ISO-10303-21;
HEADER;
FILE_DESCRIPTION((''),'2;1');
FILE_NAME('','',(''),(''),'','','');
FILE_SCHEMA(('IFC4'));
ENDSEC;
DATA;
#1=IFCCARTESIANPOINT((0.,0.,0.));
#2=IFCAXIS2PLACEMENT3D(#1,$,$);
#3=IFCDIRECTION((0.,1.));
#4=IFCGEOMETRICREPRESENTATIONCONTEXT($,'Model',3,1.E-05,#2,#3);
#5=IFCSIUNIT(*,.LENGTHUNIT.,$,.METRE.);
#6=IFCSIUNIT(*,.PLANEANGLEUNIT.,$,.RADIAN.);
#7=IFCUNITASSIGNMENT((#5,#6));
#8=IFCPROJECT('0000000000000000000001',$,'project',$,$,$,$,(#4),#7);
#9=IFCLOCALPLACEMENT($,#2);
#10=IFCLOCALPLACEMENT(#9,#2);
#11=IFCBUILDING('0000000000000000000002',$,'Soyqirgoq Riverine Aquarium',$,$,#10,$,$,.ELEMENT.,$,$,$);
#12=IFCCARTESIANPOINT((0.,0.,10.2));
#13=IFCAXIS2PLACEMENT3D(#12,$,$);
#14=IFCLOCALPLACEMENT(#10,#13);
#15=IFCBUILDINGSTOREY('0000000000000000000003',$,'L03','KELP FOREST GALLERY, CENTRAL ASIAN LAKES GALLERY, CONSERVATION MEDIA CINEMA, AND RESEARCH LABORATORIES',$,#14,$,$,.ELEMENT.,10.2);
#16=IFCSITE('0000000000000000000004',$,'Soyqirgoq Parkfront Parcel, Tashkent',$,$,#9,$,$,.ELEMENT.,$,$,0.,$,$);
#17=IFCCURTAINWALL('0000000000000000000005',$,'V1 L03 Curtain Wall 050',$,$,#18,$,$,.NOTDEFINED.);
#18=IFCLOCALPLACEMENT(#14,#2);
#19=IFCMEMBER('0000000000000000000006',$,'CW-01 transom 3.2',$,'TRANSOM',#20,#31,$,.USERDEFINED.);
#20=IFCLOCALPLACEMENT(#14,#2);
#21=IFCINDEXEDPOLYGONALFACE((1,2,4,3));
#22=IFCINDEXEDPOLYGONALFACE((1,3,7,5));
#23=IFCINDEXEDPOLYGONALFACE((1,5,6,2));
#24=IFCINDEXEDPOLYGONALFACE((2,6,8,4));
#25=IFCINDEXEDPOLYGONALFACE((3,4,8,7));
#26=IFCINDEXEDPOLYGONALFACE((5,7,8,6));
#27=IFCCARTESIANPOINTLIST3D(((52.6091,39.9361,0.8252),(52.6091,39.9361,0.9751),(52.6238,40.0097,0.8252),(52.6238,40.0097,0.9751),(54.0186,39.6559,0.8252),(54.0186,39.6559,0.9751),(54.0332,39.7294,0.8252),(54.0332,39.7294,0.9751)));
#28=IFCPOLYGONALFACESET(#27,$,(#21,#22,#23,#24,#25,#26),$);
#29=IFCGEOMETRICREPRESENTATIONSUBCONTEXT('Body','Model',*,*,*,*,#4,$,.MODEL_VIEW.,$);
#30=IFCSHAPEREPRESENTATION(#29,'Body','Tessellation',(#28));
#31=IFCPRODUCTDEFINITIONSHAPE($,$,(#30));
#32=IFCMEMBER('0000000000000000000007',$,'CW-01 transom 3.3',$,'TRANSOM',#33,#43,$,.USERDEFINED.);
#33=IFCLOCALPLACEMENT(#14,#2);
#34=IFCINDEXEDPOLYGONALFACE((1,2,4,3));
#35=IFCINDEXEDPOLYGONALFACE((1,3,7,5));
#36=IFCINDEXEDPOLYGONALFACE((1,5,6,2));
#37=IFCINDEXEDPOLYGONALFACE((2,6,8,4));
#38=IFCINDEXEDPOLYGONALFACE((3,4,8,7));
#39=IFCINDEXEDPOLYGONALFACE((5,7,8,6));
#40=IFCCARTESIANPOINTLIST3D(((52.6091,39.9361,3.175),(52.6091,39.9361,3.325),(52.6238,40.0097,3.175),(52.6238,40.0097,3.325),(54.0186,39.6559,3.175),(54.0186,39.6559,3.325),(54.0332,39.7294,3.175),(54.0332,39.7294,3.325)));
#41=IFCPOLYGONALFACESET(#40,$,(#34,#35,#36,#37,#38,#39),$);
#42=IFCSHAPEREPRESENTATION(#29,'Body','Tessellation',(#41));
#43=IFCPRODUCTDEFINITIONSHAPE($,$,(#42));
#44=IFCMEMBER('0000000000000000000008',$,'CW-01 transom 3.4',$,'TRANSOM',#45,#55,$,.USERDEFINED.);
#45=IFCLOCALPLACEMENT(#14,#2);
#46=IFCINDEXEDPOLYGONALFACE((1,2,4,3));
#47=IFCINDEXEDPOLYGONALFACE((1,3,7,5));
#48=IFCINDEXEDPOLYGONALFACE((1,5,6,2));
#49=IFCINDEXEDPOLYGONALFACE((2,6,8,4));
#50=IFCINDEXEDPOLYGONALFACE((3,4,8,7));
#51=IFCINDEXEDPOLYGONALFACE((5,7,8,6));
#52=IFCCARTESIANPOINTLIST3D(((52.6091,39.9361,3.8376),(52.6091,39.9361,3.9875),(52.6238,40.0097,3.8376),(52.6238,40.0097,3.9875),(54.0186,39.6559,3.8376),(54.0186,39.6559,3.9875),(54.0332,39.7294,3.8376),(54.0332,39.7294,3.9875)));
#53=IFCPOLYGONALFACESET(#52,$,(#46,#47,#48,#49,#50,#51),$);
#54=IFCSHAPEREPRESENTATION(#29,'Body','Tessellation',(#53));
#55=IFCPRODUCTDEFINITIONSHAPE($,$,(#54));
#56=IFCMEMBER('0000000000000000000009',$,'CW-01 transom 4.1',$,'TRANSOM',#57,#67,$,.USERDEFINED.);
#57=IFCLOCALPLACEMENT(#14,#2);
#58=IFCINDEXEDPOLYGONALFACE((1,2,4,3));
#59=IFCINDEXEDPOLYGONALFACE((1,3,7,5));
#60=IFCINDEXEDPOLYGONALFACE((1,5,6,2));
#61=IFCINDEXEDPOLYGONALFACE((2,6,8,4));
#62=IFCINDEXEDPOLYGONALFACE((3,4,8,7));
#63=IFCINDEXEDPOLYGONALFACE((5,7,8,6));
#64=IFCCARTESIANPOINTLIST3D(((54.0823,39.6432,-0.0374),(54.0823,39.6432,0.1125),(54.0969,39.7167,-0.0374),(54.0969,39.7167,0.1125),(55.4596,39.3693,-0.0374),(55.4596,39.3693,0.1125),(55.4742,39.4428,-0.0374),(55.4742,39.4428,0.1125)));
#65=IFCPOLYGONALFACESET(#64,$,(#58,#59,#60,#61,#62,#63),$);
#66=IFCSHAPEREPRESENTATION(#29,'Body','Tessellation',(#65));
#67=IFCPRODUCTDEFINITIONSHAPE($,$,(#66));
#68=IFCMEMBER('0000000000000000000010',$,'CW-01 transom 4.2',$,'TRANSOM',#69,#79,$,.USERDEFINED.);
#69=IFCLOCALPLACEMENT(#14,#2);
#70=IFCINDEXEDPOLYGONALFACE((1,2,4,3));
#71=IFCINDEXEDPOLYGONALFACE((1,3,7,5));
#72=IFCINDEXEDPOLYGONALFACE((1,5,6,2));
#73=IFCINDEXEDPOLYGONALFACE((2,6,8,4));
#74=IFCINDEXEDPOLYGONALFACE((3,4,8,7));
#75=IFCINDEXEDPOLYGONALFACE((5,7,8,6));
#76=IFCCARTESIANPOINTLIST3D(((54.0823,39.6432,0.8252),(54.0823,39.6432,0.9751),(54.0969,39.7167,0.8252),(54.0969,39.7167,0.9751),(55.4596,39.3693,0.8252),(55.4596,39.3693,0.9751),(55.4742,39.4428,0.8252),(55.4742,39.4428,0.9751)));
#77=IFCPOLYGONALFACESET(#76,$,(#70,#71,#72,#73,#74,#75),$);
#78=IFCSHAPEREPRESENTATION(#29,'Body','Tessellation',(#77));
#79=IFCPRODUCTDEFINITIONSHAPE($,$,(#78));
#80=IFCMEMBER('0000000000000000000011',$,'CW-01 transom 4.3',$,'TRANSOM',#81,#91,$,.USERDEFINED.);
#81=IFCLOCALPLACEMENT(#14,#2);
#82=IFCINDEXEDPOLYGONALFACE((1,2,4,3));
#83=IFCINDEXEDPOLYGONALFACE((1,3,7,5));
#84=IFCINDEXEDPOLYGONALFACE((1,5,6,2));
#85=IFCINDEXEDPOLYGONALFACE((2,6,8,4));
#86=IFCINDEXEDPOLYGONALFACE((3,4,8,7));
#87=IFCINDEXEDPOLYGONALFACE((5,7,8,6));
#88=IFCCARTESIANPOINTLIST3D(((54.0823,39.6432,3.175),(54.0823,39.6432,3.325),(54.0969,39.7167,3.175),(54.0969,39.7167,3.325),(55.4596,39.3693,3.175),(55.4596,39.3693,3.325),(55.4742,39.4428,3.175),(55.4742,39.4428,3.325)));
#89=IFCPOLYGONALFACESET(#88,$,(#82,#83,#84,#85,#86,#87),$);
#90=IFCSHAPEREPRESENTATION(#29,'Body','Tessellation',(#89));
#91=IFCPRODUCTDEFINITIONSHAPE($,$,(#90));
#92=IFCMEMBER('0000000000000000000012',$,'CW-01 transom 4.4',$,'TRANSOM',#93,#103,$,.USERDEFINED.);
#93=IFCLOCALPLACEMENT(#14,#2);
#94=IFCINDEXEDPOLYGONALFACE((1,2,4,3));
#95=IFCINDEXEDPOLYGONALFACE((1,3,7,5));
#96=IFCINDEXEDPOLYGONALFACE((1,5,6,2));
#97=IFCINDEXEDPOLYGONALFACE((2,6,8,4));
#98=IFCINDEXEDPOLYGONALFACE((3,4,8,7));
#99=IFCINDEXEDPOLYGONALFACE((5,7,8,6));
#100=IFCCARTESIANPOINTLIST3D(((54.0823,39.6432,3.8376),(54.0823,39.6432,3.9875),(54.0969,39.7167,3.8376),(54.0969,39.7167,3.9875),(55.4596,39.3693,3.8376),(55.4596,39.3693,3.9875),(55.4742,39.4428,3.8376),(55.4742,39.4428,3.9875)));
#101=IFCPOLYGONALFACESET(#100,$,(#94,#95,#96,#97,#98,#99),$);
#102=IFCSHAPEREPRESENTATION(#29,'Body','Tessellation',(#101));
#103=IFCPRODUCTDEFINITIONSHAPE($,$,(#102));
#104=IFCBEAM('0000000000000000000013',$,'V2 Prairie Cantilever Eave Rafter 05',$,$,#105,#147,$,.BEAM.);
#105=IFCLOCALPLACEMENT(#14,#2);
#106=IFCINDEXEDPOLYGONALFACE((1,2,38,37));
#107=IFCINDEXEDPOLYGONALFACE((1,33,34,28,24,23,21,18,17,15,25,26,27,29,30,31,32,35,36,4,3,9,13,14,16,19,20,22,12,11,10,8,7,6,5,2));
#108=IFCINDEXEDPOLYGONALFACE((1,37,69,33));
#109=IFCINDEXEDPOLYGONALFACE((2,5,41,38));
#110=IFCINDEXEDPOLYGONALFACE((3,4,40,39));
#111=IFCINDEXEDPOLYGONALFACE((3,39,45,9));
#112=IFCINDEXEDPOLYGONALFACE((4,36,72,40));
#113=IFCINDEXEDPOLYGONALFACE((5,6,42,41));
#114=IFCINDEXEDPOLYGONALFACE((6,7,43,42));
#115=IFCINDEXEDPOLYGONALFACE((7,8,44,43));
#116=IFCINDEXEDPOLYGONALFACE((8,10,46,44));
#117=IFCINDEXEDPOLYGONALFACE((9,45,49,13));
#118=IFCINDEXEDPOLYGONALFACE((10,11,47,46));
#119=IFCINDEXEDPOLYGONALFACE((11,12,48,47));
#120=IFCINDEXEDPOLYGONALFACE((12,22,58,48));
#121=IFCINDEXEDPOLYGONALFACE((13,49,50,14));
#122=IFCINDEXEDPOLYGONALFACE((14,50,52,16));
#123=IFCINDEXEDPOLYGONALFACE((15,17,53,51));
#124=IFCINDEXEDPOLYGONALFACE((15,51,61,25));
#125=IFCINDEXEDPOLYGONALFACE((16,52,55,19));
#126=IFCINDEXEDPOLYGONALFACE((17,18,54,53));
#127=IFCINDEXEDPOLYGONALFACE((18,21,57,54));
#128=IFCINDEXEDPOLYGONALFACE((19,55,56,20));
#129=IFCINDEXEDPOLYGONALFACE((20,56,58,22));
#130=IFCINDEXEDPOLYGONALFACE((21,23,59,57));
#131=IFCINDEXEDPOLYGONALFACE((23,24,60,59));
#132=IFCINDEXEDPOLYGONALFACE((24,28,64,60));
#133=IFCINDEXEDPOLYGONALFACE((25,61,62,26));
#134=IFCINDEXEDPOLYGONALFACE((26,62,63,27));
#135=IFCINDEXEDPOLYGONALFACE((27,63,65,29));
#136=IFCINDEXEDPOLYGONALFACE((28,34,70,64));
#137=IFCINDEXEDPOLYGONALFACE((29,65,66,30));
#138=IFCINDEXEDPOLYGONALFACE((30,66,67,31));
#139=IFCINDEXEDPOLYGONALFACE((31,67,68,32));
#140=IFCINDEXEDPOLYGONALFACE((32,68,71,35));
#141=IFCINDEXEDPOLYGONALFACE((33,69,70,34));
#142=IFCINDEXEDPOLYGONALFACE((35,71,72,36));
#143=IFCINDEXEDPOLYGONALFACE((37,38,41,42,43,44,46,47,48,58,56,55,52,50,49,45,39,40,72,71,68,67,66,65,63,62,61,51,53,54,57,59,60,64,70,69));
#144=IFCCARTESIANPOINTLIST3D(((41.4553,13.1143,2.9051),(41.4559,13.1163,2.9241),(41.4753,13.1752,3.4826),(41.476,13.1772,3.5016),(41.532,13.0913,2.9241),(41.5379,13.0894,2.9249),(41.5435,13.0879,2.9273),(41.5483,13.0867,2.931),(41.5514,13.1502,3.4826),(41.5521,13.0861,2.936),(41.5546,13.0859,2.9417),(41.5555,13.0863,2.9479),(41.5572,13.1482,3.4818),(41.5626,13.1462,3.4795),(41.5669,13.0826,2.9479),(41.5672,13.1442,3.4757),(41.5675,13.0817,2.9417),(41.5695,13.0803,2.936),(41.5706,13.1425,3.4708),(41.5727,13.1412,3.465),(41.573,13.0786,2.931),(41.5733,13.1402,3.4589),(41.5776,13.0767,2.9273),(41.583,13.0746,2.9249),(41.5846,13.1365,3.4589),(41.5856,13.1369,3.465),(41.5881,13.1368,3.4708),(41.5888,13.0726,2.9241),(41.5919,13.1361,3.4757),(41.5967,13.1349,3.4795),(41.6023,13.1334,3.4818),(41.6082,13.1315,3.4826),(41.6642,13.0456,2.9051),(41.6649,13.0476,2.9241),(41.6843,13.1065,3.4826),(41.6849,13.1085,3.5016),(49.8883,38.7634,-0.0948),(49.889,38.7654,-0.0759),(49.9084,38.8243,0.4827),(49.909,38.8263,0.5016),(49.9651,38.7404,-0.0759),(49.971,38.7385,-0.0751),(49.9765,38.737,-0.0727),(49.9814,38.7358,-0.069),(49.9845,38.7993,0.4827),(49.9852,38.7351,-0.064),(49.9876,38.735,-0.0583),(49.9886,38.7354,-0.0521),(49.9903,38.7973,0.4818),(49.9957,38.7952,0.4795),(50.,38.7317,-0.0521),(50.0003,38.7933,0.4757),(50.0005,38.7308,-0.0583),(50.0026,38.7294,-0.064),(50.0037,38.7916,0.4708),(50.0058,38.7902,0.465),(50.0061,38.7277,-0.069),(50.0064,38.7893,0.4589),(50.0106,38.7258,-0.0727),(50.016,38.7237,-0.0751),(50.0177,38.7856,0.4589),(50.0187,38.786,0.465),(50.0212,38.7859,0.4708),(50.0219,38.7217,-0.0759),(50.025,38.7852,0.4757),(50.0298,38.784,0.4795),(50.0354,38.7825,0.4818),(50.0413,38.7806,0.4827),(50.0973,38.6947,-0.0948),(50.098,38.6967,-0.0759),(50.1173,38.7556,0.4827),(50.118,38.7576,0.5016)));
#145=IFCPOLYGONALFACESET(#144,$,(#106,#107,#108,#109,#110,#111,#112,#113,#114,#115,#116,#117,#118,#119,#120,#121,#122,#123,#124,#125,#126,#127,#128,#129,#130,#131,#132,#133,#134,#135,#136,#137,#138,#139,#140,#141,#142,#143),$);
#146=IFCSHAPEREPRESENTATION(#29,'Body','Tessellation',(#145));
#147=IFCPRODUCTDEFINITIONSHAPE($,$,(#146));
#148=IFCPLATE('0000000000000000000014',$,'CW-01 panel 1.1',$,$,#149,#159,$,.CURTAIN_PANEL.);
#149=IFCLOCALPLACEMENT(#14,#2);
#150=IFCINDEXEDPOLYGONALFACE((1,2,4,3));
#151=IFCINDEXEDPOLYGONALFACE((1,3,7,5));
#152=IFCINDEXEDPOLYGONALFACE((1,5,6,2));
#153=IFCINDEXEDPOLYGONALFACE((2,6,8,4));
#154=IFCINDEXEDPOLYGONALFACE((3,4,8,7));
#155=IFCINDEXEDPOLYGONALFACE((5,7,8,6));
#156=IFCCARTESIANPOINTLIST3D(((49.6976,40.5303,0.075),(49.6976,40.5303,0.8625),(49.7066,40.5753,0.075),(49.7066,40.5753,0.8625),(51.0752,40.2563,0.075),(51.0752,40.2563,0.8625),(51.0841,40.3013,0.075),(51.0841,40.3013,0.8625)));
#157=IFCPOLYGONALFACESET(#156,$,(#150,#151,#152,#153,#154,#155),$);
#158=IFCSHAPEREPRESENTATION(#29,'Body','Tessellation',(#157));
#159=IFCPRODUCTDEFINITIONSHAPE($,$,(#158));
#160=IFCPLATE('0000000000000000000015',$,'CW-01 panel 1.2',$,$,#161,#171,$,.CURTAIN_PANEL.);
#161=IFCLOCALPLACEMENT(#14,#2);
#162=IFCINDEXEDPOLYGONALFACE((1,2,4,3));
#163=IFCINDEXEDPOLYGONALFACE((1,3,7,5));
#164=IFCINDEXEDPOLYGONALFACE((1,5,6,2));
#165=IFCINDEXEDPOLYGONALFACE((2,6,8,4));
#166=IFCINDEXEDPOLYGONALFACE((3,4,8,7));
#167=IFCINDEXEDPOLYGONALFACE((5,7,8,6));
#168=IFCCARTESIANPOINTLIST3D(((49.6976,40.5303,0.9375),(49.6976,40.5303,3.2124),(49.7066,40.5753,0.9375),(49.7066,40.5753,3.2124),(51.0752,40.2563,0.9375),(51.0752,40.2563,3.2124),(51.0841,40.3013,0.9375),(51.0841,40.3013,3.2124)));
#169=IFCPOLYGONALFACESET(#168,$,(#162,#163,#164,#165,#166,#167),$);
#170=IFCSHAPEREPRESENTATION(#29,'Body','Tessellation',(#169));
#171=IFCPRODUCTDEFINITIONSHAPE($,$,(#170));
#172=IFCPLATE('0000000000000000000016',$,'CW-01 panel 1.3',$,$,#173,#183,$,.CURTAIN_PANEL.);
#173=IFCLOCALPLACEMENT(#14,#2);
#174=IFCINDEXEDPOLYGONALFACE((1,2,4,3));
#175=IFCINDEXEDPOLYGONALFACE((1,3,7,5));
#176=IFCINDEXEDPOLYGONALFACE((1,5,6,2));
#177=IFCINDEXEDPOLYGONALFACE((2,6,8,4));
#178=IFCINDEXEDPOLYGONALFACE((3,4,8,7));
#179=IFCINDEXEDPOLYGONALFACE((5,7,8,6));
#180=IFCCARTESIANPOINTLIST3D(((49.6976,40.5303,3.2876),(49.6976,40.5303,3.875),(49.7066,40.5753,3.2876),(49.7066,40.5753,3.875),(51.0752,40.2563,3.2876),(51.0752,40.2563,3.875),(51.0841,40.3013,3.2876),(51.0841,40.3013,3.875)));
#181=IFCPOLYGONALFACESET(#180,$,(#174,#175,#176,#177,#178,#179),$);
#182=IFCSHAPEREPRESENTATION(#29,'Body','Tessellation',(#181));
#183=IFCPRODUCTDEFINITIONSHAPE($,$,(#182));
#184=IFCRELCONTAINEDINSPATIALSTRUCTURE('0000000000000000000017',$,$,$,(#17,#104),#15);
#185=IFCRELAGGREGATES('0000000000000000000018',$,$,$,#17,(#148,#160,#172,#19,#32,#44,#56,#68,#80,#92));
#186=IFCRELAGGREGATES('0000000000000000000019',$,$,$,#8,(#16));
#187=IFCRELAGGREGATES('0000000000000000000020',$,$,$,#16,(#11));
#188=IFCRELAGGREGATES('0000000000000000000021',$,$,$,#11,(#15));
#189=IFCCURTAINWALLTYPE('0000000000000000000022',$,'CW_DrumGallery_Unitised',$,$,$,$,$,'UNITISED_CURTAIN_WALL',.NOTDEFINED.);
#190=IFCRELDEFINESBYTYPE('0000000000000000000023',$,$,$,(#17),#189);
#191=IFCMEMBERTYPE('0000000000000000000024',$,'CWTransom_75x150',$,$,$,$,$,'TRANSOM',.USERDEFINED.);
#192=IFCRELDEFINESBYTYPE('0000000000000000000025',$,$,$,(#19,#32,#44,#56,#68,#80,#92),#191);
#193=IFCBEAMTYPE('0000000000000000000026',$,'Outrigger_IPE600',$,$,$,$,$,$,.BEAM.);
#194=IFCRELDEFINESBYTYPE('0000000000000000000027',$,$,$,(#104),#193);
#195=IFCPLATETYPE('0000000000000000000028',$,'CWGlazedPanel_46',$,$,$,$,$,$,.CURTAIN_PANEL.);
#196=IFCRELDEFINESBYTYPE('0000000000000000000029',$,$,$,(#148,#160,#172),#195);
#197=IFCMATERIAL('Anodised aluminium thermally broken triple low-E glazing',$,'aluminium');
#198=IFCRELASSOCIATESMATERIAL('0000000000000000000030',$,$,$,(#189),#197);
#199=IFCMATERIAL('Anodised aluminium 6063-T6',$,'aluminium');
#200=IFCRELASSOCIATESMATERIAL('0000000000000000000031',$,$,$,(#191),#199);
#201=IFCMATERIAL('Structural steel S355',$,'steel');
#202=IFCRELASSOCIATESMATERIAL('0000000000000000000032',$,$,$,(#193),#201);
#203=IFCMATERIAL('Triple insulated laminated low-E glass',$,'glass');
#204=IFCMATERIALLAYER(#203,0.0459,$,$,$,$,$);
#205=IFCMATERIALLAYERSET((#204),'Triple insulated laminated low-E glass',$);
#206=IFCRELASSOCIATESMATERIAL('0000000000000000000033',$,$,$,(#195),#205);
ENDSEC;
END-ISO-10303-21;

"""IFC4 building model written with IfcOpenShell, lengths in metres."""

from ifc_helpers import new_model, si_unit, direction, frame, origin, origin_2d, place, context, subcontext, project, spatial, rectangle, i_section, extrude, material, layer, layer_set, material_profile, profile_set, type_object, element, aggregate, save


model = new_model("IFC4")

# Units and contexts
model_context = context("Model", 3, precision=1e-05, world=origin(), true_north=direction((0.0, 1.0)))
body_context = subcontext(model_context, "Body", "Model", "MODEL_VIEW")
ifc_project = project(units=[si_unit("LENGTHUNIT", "METRE"), si_unit("PLANEANGLEUNIT", "RADIAN")], contexts=[model_context])

# Site, building, storey
site_placement = place(None, origin())
site = spatial("IfcSite", under=ifc_project, at=site_placement, Name="Soyqirgoq Parkfront Parcel, Tashkent", CompositionType="ELEMENT", RefElevation=0.0)
building_placement = place(site_placement, origin())
building = spatial("IfcBuilding", under=site, at=building_placement, Name="Soyqirgoq Riverine Aquarium", CompositionType="ELEMENT")
storey_placement = place(building_placement, frame((0.0, 0.0, 10.2)))
storey = spatial("IfcBuildingStorey", under=building, at=storey_placement, Name="L03", Description="KELP FOREST GALLERY, CENTRAL ASIAN LAKES GALLERY, CONSERVATION MEDIA CINEMA, AND RESEARCH LABORATORIES", CompositionType="ELEMENT", Elevation=10.2)

# Curtain wall, members
ifc_material_1 = material(Name="Anodised aluminium thermally broken triple low-E glazing", Category="aluminium")
curtain_wall_type = type_object("IfcCurtainWallType", Name="CW_DrumGallery_Unitised", ElementType="UNITISED_CURTAIN_WALL", PredefinedType="NOTDEFINED", material=ifc_material_1)
curtain_wall_placement = place(storey_placement, origin())
curtain_wall = element("IfcCurtainWall", 1, at=curtain_wall_placement, inside=storey, type_object=curtain_wall_type, Name="V1 L03 Curtain Wall 050", PredefinedType="NOTDEFINED")
ifc_material_2 = material(Name="Anodised aluminium 6063-T6", Category="aluminium")
ifc_material_profile_1 = material_profile(ifc_material_2, rectangle(XDim=0.075, YDim=0.1499, at=origin_2d()), Name="ALU-T 75x150")
ifc_profile_set_1 = profile_set([ifc_material_profile_1], Name="Anodised aluminium 6063-T6")
member_type_1 = type_object("IfcMemberType", Name="CWTransom_75x150", ElementType="TRANSOM", PredefinedType="USERDEFINED", material=ifc_profile_set_1)
member_1_placement = place(storey_placement, frame((52.6165, 39.9729, 0.9001), z_axis=(0.980796, -0.195038, 0.0), x_axis=(0.195038, 0.980796, 0.0)))
member_1 = element("IfcMember", 2, at=member_1_placement, type_object=member_type_1, Name="CW-01 transom 3.2", ObjectType="TRANSOM", PredefinedType="USERDEFINED", context=body_context, shape_type="SweptSolid", body=[
    extrude(rectangle(XDim=0.075, YDim=0.1499, at=origin_2d()), origin(), (0.0, 0.0, 1.0), 1.437),
])
member_2_placement = place(storey_placement, frame((52.6165, 39.9729, 3.25), z_axis=(0.980796, -0.195038, 0.0), x_axis=(0.195038, 0.980796, 0.0)))
member_2 = element("IfcMember", 3, at=member_2_placement, type_object=member_type_1, Name="CW-01 transom 3.3", ObjectType="TRANSOM", PredefinedType="USERDEFINED", context=body_context, shape_type="SweptSolid", body=[
    extrude(rectangle(XDim=0.075, YDim=0.1499, at=origin_2d()), origin(), (0.0, 0.0, 1.0), 1.437),
])
member_3_placement = place(storey_placement, frame((52.6165, 39.9729, 3.9126), z_axis=(0.980796, -0.195038, 0.0), x_axis=(0.195038, 0.980796, 0.0)))
member_3 = element("IfcMember", 4, at=member_3_placement, type_object=member_type_1, Name="CW-01 transom 3.4", ObjectType="TRANSOM", PredefinedType="USERDEFINED", context=body_context, shape_type="SweptSolid", body=[
    extrude(rectangle(XDim=0.075, YDim=0.1499, at=origin_2d()), origin(), (0.0, 0.0, 1.0), 1.437),
])
member_4_placement = place(storey_placement, frame((54.0896, 39.6799, 0.0376), z_axis=(0.980794, -0.195046, 0.0), x_axis=(0.195046, 0.980794, 0.0)))
member_4 = element("IfcMember", 5, at=member_4_placement, type_object=member_type_1, Name="CW-01 transom 4.1", ObjectType="TRANSOM", PredefinedType="USERDEFINED", context=body_context, shape_type="SweptSolid", body=[
    extrude(rectangle(XDim=0.075, YDim=0.1499, at=origin_2d()), origin(), (0.0, 0.0, 1.0), 1.4043),
])
member_5_placement = place(storey_placement, frame((54.0896, 39.6799, 0.9001), z_axis=(0.980794, -0.195046, 0.0), x_axis=(0.195046, 0.980794, 0.0)))
member_5 = element("IfcMember", 6, at=member_5_placement, type_object=member_type_1, Name="CW-01 transom 4.2", ObjectType="TRANSOM", PredefinedType="USERDEFINED", context=body_context, shape_type="SweptSolid", body=[
    extrude(rectangle(XDim=0.075, YDim=0.1499, at=origin_2d()), origin(), (0.0, 0.0, 1.0), 1.4043),
])
member_6_placement = place(storey_placement, frame((54.0896, 39.6799, 3.25), z_axis=(0.980794, -0.195046, 0.0), x_axis=(0.195046, 0.980794, 0.0)))
member_6 = element("IfcMember", 7, at=member_6_placement, type_object=member_type_1, Name="CW-01 transom 4.3", ObjectType="TRANSOM", PredefinedType="USERDEFINED", context=body_context, shape_type="SweptSolid", body=[
    extrude(rectangle(XDim=0.075, YDim=0.1499, at=origin_2d()), origin(), (0.0, 0.0, 1.0), 1.4043),
])
member_7_placement = place(storey_placement, frame((54.0896, 39.6799, 3.9126), z_axis=(0.980794, -0.195046, 0.0), x_axis=(0.195046, 0.980794, 0.0)))
member_7 = element("IfcMember", 8, at=member_7_placement, type_object=member_type_1, Name="CW-01 transom 4.4", ObjectType="TRANSOM", PredefinedType="USERDEFINED", context=body_context, shape_type="SweptSolid", body=[
    extrude(rectangle(XDim=0.075, YDim=0.1499, at=origin_2d()), origin(), (0.0, 0.0, 1.0), 1.4043),
])

# Beam
ifc_material_3 = material(Name="Structural steel S355", Category="steel")
ifc_material_profile_2 = material_profile(ifc_material_3, i_section(OverallWidth=0.22, OverallDepth=0.6001, WebThickness=0.012, FlangeThickness=0.019, FilletRadius=0.0239, at=origin_2d()), Name="IPE 600")
ifc_profile_set_2 = profile_set([ifc_material_profile_2], Name="Structural steel S355")
beam_type = type_object("IfcBeamType", Name="Outrigger_IPE600", PredefinedType="BEAM", material=ifc_profile_set_2)
beam_placement = place(storey_placement, frame((50.0032, 38.7605, 0.2034), z_axis=(-0.310427, -0.944161, 0.110432), x_axis=(0.949971, -0.312338, 0.0)))
element("IfcBeam", 9, at=beam_placement, inside=storey, type_object=beam_type, Name="V2 Prairie Cantilever Eave Rafter 05", PredefinedType="BEAM", context=body_context, shape_type="SweptSolid", body=[
    extrude(i_section(OverallWidth=0.22, OverallDepth=0.6001, WebThickness=0.012, FlangeThickness=0.019, FilletRadius=0.0239, at=origin_2d()), origin(), (0.0, 0.0, 1.0), 27.166),
])

# Plates
ifc_material_4 = material(Name="Triple insulated laminated low-E glass", Category="glass")
ifc_layer_1 = layer(ifc_material_4, 0.0459)
ifc_layer_set_1 = layer_set([ifc_layer_1], Name="Triple insulated laminated low-E glass")
plate_type_1 = type_object("IfcPlateType", Name="CWGlazedPanel_46", PredefinedType="CURTAIN_PANEL", material=ifc_layer_set_1)
plate_1_placement = place(storey_placement, frame((50.3909, 40.4158, 0.075), z_axis=(0.0, 0.0, 1.0), x_axis=(0.980784, -0.195095, 0.0)))
plate_1 = element("IfcPlate", 10, at=plate_1_placement, type_object=plate_type_1, Name="CW-01 panel 1.1", PredefinedType="CURTAIN_PANEL", context=body_context, shape_type="SweptSolid", body=[
    extrude(rectangle(XDim=1.4045, YDim=0.0459, at=origin_2d()), origin(), (0.0, 0.0, 1.0), 0.7876),
])
plate_2_placement = place(storey_placement, frame((50.3909, 40.4158, 0.9375), z_axis=(0.0, 0.0, 1.0), x_axis=(0.980784, -0.195095, 0.0)))
plate_2 = element("IfcPlate", 11, at=plate_2_placement, type_object=plate_type_1, Name="CW-01 panel 1.2", PredefinedType="CURTAIN_PANEL", context=body_context, shape_type="SweptSolid", body=[
    extrude(rectangle(XDim=1.4045, YDim=0.0459, at=origin_2d()), origin(), (0.0, 0.0, 1.0), 2.2749),
])
plate_3_placement = place(storey_placement, frame((50.3909, 40.4158, 3.2876), z_axis=(0.0, 0.0, 1.0), x_axis=(0.980784, -0.195095, 0.0)))
plate_3 = element("IfcPlate", 12, at=plate_3_placement, type_object=plate_type_1, Name="CW-01 panel 1.3", PredefinedType="CURTAIN_PANEL", context=body_context, shape_type="SweptSolid", body=[
    extrude(rectangle(XDim=1.4045, YDim=0.0459, at=origin_2d()), origin(), (0.0, 0.0, 1.0), 0.5874),
])
aggregate(curtain_wall, [plate_1, plate_2, plate_3, member_1, member_2, member_3, member_4, member_5, member_6, member_7])

save(model, "model.ifc")
